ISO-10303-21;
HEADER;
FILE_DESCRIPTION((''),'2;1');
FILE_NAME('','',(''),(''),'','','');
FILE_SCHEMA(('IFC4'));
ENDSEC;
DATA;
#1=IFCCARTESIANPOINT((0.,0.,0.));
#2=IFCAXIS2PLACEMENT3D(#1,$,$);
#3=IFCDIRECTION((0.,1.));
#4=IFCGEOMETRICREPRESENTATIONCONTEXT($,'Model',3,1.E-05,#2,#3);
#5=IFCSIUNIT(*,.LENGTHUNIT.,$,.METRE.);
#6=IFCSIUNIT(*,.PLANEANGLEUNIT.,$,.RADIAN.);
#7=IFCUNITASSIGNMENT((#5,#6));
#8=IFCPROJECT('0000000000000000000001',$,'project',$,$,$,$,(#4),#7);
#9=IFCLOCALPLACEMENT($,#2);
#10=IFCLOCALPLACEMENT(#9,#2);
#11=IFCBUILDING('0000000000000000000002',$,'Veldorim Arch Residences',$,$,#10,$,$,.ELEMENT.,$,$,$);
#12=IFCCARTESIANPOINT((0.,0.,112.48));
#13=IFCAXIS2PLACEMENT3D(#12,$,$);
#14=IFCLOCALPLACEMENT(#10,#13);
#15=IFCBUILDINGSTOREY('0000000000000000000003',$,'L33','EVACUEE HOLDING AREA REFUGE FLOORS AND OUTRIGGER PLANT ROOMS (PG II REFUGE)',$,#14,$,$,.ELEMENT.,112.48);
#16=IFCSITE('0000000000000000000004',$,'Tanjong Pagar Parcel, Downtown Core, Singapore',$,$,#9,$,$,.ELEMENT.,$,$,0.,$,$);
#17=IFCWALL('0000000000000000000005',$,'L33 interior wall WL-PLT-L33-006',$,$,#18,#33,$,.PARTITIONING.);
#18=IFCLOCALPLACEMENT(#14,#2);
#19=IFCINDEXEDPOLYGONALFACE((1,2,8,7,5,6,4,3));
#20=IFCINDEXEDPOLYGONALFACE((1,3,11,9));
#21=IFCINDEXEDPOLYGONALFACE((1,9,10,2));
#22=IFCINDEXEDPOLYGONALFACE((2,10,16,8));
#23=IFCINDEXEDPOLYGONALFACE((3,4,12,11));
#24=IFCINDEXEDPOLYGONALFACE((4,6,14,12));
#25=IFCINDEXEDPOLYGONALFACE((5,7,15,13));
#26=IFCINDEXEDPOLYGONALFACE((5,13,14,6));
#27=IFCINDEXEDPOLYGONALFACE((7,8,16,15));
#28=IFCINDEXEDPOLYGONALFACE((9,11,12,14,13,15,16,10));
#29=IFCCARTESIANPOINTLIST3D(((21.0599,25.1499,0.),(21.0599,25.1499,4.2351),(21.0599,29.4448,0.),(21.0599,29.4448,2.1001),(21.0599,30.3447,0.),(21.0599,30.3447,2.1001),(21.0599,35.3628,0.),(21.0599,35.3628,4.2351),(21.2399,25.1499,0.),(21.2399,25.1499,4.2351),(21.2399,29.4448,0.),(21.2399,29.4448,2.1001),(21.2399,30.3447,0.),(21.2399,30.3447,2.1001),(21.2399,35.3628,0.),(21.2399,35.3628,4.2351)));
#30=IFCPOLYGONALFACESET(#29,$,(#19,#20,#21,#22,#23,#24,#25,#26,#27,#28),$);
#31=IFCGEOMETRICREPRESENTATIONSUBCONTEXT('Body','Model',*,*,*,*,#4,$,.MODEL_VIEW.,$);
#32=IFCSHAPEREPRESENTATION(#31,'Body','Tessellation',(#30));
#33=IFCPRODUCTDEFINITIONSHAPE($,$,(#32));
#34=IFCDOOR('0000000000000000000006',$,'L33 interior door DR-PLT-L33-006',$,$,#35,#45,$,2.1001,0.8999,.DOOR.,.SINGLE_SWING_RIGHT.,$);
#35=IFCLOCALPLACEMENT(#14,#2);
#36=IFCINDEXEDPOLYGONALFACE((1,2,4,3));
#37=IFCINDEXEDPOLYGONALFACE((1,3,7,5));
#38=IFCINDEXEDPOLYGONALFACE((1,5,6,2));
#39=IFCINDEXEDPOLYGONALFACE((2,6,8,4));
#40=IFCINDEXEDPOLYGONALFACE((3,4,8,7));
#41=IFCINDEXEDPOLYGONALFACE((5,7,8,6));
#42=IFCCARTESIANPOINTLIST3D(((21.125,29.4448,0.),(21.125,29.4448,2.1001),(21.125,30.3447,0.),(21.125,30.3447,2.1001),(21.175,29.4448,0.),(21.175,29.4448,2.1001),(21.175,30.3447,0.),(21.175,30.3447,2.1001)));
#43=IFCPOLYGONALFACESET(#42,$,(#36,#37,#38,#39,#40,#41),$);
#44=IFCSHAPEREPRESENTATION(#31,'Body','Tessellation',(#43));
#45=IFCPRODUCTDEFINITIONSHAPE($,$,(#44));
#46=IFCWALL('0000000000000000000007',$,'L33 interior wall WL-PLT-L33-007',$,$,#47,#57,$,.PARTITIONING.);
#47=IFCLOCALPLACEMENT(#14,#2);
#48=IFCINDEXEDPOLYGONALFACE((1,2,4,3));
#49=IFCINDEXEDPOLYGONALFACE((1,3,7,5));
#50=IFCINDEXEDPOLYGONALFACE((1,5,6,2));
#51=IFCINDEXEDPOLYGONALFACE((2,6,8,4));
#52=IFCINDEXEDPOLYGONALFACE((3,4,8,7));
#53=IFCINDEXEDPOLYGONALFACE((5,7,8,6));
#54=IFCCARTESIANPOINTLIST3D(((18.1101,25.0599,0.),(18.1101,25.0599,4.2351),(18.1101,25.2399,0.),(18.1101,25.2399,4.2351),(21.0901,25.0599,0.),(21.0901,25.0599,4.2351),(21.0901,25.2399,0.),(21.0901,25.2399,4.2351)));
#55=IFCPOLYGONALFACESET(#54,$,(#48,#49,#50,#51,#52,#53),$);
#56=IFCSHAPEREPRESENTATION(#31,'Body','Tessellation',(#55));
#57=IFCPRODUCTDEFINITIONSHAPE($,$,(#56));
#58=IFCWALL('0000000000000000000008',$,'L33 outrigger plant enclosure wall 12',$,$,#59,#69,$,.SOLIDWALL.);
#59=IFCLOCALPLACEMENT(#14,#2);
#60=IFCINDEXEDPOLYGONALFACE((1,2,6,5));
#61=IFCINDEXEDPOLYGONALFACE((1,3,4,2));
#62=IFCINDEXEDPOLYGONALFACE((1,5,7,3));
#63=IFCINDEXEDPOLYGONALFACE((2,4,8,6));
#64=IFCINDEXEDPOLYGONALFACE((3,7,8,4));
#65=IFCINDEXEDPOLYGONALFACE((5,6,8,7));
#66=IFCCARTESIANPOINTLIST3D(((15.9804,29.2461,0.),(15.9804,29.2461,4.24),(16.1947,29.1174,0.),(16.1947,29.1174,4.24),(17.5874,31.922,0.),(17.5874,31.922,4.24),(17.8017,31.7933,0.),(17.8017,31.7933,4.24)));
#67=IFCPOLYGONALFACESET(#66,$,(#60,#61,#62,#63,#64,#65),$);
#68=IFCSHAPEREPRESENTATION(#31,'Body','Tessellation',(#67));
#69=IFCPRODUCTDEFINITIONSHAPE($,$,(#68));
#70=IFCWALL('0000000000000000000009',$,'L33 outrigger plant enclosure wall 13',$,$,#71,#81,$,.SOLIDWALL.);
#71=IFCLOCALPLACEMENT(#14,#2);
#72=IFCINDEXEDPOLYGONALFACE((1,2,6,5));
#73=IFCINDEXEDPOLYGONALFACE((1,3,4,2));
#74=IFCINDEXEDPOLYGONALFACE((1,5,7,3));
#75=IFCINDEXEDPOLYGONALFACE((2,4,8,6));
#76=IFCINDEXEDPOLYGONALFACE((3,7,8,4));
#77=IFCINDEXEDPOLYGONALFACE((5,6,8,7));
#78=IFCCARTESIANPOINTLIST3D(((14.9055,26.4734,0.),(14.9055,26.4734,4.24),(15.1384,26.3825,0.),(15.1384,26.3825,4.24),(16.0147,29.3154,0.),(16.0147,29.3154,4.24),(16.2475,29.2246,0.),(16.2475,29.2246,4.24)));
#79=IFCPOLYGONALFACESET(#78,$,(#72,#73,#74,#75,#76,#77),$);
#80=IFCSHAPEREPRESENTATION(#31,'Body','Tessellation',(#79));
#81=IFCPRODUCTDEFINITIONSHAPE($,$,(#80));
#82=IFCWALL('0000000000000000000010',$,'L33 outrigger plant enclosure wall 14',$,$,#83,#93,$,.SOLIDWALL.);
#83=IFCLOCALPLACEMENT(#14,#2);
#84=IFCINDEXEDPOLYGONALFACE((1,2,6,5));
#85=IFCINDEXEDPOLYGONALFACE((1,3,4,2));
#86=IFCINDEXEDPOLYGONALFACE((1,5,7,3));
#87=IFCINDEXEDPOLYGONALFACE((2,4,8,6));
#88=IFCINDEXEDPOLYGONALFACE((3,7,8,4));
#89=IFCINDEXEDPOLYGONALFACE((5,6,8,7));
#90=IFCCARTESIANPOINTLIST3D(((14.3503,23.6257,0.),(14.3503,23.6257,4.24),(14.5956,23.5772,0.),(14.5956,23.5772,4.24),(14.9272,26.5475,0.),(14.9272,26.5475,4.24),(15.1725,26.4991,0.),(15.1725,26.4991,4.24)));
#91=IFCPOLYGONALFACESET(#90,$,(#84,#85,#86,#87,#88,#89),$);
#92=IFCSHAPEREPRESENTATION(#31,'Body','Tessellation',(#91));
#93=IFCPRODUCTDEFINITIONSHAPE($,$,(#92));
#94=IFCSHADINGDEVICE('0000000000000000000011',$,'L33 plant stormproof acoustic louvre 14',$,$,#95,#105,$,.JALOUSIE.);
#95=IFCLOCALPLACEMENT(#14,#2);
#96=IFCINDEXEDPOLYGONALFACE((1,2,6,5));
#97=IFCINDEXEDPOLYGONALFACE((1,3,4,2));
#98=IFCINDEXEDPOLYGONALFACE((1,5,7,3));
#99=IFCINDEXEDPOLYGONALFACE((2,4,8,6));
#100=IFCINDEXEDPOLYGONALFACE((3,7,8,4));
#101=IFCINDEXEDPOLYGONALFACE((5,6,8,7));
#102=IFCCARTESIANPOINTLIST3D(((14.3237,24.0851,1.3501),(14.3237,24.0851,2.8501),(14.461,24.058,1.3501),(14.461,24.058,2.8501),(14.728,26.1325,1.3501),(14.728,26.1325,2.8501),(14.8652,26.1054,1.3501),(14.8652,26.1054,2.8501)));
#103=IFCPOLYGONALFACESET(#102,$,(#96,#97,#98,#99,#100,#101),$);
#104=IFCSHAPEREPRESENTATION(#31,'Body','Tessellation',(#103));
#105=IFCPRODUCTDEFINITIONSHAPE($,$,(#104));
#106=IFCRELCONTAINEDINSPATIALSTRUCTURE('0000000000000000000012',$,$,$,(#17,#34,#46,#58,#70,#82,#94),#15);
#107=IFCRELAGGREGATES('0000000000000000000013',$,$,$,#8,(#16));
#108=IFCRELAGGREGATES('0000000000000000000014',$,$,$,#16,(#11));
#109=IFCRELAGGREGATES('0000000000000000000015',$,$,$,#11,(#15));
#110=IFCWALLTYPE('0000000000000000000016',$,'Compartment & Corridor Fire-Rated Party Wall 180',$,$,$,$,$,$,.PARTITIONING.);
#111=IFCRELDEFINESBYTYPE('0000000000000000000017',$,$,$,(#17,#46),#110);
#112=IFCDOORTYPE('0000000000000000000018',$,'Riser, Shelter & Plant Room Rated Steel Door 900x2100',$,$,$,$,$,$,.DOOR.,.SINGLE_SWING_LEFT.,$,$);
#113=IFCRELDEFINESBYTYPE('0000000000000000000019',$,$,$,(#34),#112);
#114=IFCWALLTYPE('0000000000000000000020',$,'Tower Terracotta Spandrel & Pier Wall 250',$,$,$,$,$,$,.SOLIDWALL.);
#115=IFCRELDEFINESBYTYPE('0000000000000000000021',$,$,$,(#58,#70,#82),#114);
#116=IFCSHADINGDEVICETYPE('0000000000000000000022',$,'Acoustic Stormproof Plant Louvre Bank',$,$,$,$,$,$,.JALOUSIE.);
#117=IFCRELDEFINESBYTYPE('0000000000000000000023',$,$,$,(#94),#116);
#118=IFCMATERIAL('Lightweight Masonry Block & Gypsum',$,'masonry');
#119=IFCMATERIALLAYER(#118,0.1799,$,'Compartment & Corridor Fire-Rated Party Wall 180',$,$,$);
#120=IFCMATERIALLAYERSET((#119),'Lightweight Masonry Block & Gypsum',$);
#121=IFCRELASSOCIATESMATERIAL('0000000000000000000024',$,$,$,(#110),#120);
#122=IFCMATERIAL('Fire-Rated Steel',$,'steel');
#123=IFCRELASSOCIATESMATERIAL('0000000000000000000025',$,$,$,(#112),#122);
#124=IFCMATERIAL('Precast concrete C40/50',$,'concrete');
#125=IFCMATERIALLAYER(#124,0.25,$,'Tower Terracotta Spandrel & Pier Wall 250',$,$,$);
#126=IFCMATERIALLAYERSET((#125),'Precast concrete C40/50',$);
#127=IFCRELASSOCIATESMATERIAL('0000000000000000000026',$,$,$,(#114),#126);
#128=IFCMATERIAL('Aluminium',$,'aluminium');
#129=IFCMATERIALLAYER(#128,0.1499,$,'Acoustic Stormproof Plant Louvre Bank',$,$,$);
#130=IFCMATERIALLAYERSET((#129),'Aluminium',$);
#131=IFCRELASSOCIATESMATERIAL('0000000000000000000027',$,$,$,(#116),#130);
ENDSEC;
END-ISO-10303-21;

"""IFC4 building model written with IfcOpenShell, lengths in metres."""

from ifc_helpers import new_model, si_unit, direction, frame, frame_2d, origin, origin_2d, place, context, subcontext, project, spatial, rectangle, extrude, material, layer, layer_set, type_object, element, fill, save


model = new_model("IFC4")

# Units and contexts
model_context = context("Model", 3, precision=1e-05, world=origin(), true_north=direction((0.0, 1.0)))
body_context = subcontext(model_context, "Body", "Model", "MODEL_VIEW")
ifc_project = project(units=[si_unit("LENGTHUNIT", "METRE"), si_unit("PLANEANGLEUNIT", "RADIAN")], contexts=[model_context])

# Site, building, storey
site_placement = place(None, origin())
site = spatial("IfcSite", under=ifc_project, at=site_placement, Name="Tanjong Pagar Parcel, Downtown Core, Singapore", CompositionType="ELEMENT", RefElevation=0.0)
building_placement = place(site_placement, origin())
building = spatial("IfcBuilding", under=site, at=building_placement, Name="Veldorim Arch Residences", CompositionType="ELEMENT")
storey_placement = place(building_placement, frame((0.0, 0.0, 112.48)))
storey = spatial("IfcBuildingStorey", under=building, at=storey_placement, Name="L33", Description="EVACUEE HOLDING AREA REFUGE FLOORS AND OUTRIGGER PLANT ROOMS (PG II REFUGE)", CompositionType="ELEMENT", Elevation=112.48)

# Shared definitions
ifc_material_1 = material(Name="Lightweight Masonry Block & Gypsum", Category="masonry")
ifc_layer_1 = layer(ifc_material_1, 0.1799, Name="Compartment & Corridor Fire-Rated Party Wall 180")
ifc_layer_set_1 = layer_set([ifc_layer_1], Name="Lightweight Masonry Block & Gypsum")
wall_type_1 = type_object("IfcWallType", Name="Compartment & Corridor Fire-Rated Party Wall 180", PredefinedType="PARTITIONING", material=ifc_layer_set_1)

# Wall, opening, door
wall_1_placement = place(storey_placement, frame((21.1499, 25.1499, 0.0), z_axis=(0.0, 0.0, 1.0), x_axis=(0.0, 1.0, 0.0)))
wall_1 = element("IfcWall", 1, at=wall_1_placement, inside=storey, type_object=wall_type_1, Name="L33 interior wall WL-PLT-L33-006", PredefinedType="PARTITIONING", context=body_context, shape_type="SweptSolid", body=[
    extrude(rectangle(XDim=10.2129, YDim=0.1799, at=frame_2d((5.1064, 0.0))), origin(), (0.0, 0.0, 1.0), 4.2351),
])
opening_placement = place(wall_1_placement, frame((4.2949, 0.0, 0.0)))
opening = element("IfcOpeningElement", 2, at=opening_placement, cuts=wall_1, PredefinedType="OPENING", context=body_context, shape_type="SweptSolid", body=[
    extrude(rectangle(XDim=0.8999, YDim=2.1001, at=frame_2d((0.45, 1.05))), frame((0.0, 0.0999, 0.0), z_axis=(0.0, -1.0, 0.0), x_axis=(1.0, 0.0, 0.0)), (0.0, 0.0, 1.0), 0.2),
])
ifc_material_2 = material(Name="Fire-Rated Steel", Category="steel")
door_type = type_object("IfcDoorType", Name="Riser, Shelter & Plant Room Rated Steel Door 900x2100", OperationType="SINGLE_SWING_LEFT", PredefinedType="DOOR", material=ifc_material_2)
door_placement = place(opening_placement, origin())
door = element("IfcDoor", 3, at=door_placement, inside=storey, type_object=door_type, Name="L33 interior door DR-PLT-L33-006", OperationType="SINGLE_SWING_RIGHT", OverallHeight=2.1001, OverallWidth=0.8999, PredefinedType="DOOR", context=body_context, shape_type="SweptSolid", body=[
    extrude(rectangle(XDim=0.8999, YDim=2.1001, at=frame_2d((0.45, 1.05))), frame((0.0, 0.0249, 0.0), z_axis=(0.0, -1.0, 0.0), x_axis=(1.0, 0.0, 0.0)), (0.0, 0.0, 1.0), 0.05),
])
fill(opening, door)

# Walls
wall_2_placement = place(storey_placement, frame((18.1101, 25.1499, 0.0), z_axis=(0.0, 0.0, 1.0), x_axis=(1.0, 0.0, 0.0)))
element("IfcWall", 4, at=wall_2_placement, inside=storey, type_object=wall_type_1, Name="L33 interior wall WL-PLT-L33-007", PredefinedType="PARTITIONING", context=body_context, shape_type="SweptSolid", body=[
    extrude(rectangle(XDim=2.98, YDim=0.1799, at=frame_2d((1.49, 0.0))), origin(), (0.0, 0.0, 1.0), 4.2351),
])
ifc_material_3 = material(Name="Precast concrete C40/50", Category="concrete")
ifc_layer_2 = layer(ifc_material_3, 0.25, Name="Tower Terracotta Spandrel & Pier Wall 250")
ifc_layer_set_2 = layer_set([ifc_layer_2], Name="Precast concrete C40/50")
wall_type_2 = type_object("IfcWallType", Name="Tower Terracotta Spandrel & Pier Wall 250", PredefinedType="SOLIDWALL", material=ifc_layer_set_2)
wall_3_placement = place(storey_placement, frame((16.0876, 29.1819, 0.0), z_axis=(0.0, 0.0, 1.0), x_axis=(0.514841, 0.857286, 0.0)))
element("IfcWall", 5, at=wall_3_placement, inside=storey, type_object=wall_type_2, Name="L33 outrigger plant enclosure wall 12", PredefinedType="SOLIDWALL", context=body_context, shape_type="SweptSolid", body=[
    extrude(rectangle(XDim=3.1213, YDim=0.25, at=frame_2d((1.5605, 0.0))), origin(), (0.0, 0.0, 1.0), 4.24),
])
wall_4_placement = place(storey_placement, frame((15.022, 26.428, 0.0), z_axis=(0.0, 0.0, 1.0), x_axis=(0.363554, 0.931573, 0.0)))
element("IfcWall", 6, at=wall_4_placement, inside=storey, type_object=wall_type_2, Name="L33 outrigger plant enclosure wall 13", PredefinedType="SOLIDWALL", context=body_context, shape_type="SweptSolid", body=[
    extrude(rectangle(XDim=3.0508, YDim=0.25, at=frame_2d((1.5254, 0.0))), origin(), (0.0, 0.0, 1.0), 4.24),
])
wall_5_placement = place(storey_placement, frame((14.4729, 23.6013, 0.0), z_axis=(0.0, 0.0, 1.0), x_axis=(0.193704, 0.98106, 0.0)))
element("IfcWall", 7, at=wall_5_placement, inside=storey, type_object=wall_type_2, Name="L33 outrigger plant enclosure wall 14", PredefinedType="SOLIDWALL", context=body_context, shape_type="SweptSolid", body=[
    extrude(rectangle(XDim=2.9783, YDim=0.25, at=frame_2d((1.4893, 0.0))), origin(), (0.0, 0.0, 1.0), 4.24),
])

# Shading device
ifc_material_4 = material(Name="Aluminium", Category="aluminium")
ifc_layer_3 = layer(ifc_material_4, 0.1499, Name="Acoustic Stormproof Plant Louvre Bank")
ifc_layer_set_3 = layer_set([ifc_layer_3], Name="Aluminium")
shading_device_type = type_object("IfcShadingDeviceType", Name="Acoustic Stormproof Plant Louvre Bank", PredefinedType="JALOUSIE", material=ifc_layer_set_3)
shading_device_placement = place(storey_placement, frame((14.5945, 25.0952, 1.3501), z_axis=(0.0, 0.0, 1.0), x_axis=(0.193721, 0.981057, 0.0)))
element("IfcShadingDevice", 8, at=shading_device_placement, inside=storey, type_object=shading_device_type, Name="L33 plant stormproof acoustic louvre 14", PredefinedType="JALOUSIE", context=body_context, shape_type="SweptSolid", body=[
    extrude(rectangle(XDim=2.0869, YDim=0.1399, at=origin_2d()), origin(), (0.0, 0.0, 1.0), 1.5),
])

save(model, "model.ifc")
